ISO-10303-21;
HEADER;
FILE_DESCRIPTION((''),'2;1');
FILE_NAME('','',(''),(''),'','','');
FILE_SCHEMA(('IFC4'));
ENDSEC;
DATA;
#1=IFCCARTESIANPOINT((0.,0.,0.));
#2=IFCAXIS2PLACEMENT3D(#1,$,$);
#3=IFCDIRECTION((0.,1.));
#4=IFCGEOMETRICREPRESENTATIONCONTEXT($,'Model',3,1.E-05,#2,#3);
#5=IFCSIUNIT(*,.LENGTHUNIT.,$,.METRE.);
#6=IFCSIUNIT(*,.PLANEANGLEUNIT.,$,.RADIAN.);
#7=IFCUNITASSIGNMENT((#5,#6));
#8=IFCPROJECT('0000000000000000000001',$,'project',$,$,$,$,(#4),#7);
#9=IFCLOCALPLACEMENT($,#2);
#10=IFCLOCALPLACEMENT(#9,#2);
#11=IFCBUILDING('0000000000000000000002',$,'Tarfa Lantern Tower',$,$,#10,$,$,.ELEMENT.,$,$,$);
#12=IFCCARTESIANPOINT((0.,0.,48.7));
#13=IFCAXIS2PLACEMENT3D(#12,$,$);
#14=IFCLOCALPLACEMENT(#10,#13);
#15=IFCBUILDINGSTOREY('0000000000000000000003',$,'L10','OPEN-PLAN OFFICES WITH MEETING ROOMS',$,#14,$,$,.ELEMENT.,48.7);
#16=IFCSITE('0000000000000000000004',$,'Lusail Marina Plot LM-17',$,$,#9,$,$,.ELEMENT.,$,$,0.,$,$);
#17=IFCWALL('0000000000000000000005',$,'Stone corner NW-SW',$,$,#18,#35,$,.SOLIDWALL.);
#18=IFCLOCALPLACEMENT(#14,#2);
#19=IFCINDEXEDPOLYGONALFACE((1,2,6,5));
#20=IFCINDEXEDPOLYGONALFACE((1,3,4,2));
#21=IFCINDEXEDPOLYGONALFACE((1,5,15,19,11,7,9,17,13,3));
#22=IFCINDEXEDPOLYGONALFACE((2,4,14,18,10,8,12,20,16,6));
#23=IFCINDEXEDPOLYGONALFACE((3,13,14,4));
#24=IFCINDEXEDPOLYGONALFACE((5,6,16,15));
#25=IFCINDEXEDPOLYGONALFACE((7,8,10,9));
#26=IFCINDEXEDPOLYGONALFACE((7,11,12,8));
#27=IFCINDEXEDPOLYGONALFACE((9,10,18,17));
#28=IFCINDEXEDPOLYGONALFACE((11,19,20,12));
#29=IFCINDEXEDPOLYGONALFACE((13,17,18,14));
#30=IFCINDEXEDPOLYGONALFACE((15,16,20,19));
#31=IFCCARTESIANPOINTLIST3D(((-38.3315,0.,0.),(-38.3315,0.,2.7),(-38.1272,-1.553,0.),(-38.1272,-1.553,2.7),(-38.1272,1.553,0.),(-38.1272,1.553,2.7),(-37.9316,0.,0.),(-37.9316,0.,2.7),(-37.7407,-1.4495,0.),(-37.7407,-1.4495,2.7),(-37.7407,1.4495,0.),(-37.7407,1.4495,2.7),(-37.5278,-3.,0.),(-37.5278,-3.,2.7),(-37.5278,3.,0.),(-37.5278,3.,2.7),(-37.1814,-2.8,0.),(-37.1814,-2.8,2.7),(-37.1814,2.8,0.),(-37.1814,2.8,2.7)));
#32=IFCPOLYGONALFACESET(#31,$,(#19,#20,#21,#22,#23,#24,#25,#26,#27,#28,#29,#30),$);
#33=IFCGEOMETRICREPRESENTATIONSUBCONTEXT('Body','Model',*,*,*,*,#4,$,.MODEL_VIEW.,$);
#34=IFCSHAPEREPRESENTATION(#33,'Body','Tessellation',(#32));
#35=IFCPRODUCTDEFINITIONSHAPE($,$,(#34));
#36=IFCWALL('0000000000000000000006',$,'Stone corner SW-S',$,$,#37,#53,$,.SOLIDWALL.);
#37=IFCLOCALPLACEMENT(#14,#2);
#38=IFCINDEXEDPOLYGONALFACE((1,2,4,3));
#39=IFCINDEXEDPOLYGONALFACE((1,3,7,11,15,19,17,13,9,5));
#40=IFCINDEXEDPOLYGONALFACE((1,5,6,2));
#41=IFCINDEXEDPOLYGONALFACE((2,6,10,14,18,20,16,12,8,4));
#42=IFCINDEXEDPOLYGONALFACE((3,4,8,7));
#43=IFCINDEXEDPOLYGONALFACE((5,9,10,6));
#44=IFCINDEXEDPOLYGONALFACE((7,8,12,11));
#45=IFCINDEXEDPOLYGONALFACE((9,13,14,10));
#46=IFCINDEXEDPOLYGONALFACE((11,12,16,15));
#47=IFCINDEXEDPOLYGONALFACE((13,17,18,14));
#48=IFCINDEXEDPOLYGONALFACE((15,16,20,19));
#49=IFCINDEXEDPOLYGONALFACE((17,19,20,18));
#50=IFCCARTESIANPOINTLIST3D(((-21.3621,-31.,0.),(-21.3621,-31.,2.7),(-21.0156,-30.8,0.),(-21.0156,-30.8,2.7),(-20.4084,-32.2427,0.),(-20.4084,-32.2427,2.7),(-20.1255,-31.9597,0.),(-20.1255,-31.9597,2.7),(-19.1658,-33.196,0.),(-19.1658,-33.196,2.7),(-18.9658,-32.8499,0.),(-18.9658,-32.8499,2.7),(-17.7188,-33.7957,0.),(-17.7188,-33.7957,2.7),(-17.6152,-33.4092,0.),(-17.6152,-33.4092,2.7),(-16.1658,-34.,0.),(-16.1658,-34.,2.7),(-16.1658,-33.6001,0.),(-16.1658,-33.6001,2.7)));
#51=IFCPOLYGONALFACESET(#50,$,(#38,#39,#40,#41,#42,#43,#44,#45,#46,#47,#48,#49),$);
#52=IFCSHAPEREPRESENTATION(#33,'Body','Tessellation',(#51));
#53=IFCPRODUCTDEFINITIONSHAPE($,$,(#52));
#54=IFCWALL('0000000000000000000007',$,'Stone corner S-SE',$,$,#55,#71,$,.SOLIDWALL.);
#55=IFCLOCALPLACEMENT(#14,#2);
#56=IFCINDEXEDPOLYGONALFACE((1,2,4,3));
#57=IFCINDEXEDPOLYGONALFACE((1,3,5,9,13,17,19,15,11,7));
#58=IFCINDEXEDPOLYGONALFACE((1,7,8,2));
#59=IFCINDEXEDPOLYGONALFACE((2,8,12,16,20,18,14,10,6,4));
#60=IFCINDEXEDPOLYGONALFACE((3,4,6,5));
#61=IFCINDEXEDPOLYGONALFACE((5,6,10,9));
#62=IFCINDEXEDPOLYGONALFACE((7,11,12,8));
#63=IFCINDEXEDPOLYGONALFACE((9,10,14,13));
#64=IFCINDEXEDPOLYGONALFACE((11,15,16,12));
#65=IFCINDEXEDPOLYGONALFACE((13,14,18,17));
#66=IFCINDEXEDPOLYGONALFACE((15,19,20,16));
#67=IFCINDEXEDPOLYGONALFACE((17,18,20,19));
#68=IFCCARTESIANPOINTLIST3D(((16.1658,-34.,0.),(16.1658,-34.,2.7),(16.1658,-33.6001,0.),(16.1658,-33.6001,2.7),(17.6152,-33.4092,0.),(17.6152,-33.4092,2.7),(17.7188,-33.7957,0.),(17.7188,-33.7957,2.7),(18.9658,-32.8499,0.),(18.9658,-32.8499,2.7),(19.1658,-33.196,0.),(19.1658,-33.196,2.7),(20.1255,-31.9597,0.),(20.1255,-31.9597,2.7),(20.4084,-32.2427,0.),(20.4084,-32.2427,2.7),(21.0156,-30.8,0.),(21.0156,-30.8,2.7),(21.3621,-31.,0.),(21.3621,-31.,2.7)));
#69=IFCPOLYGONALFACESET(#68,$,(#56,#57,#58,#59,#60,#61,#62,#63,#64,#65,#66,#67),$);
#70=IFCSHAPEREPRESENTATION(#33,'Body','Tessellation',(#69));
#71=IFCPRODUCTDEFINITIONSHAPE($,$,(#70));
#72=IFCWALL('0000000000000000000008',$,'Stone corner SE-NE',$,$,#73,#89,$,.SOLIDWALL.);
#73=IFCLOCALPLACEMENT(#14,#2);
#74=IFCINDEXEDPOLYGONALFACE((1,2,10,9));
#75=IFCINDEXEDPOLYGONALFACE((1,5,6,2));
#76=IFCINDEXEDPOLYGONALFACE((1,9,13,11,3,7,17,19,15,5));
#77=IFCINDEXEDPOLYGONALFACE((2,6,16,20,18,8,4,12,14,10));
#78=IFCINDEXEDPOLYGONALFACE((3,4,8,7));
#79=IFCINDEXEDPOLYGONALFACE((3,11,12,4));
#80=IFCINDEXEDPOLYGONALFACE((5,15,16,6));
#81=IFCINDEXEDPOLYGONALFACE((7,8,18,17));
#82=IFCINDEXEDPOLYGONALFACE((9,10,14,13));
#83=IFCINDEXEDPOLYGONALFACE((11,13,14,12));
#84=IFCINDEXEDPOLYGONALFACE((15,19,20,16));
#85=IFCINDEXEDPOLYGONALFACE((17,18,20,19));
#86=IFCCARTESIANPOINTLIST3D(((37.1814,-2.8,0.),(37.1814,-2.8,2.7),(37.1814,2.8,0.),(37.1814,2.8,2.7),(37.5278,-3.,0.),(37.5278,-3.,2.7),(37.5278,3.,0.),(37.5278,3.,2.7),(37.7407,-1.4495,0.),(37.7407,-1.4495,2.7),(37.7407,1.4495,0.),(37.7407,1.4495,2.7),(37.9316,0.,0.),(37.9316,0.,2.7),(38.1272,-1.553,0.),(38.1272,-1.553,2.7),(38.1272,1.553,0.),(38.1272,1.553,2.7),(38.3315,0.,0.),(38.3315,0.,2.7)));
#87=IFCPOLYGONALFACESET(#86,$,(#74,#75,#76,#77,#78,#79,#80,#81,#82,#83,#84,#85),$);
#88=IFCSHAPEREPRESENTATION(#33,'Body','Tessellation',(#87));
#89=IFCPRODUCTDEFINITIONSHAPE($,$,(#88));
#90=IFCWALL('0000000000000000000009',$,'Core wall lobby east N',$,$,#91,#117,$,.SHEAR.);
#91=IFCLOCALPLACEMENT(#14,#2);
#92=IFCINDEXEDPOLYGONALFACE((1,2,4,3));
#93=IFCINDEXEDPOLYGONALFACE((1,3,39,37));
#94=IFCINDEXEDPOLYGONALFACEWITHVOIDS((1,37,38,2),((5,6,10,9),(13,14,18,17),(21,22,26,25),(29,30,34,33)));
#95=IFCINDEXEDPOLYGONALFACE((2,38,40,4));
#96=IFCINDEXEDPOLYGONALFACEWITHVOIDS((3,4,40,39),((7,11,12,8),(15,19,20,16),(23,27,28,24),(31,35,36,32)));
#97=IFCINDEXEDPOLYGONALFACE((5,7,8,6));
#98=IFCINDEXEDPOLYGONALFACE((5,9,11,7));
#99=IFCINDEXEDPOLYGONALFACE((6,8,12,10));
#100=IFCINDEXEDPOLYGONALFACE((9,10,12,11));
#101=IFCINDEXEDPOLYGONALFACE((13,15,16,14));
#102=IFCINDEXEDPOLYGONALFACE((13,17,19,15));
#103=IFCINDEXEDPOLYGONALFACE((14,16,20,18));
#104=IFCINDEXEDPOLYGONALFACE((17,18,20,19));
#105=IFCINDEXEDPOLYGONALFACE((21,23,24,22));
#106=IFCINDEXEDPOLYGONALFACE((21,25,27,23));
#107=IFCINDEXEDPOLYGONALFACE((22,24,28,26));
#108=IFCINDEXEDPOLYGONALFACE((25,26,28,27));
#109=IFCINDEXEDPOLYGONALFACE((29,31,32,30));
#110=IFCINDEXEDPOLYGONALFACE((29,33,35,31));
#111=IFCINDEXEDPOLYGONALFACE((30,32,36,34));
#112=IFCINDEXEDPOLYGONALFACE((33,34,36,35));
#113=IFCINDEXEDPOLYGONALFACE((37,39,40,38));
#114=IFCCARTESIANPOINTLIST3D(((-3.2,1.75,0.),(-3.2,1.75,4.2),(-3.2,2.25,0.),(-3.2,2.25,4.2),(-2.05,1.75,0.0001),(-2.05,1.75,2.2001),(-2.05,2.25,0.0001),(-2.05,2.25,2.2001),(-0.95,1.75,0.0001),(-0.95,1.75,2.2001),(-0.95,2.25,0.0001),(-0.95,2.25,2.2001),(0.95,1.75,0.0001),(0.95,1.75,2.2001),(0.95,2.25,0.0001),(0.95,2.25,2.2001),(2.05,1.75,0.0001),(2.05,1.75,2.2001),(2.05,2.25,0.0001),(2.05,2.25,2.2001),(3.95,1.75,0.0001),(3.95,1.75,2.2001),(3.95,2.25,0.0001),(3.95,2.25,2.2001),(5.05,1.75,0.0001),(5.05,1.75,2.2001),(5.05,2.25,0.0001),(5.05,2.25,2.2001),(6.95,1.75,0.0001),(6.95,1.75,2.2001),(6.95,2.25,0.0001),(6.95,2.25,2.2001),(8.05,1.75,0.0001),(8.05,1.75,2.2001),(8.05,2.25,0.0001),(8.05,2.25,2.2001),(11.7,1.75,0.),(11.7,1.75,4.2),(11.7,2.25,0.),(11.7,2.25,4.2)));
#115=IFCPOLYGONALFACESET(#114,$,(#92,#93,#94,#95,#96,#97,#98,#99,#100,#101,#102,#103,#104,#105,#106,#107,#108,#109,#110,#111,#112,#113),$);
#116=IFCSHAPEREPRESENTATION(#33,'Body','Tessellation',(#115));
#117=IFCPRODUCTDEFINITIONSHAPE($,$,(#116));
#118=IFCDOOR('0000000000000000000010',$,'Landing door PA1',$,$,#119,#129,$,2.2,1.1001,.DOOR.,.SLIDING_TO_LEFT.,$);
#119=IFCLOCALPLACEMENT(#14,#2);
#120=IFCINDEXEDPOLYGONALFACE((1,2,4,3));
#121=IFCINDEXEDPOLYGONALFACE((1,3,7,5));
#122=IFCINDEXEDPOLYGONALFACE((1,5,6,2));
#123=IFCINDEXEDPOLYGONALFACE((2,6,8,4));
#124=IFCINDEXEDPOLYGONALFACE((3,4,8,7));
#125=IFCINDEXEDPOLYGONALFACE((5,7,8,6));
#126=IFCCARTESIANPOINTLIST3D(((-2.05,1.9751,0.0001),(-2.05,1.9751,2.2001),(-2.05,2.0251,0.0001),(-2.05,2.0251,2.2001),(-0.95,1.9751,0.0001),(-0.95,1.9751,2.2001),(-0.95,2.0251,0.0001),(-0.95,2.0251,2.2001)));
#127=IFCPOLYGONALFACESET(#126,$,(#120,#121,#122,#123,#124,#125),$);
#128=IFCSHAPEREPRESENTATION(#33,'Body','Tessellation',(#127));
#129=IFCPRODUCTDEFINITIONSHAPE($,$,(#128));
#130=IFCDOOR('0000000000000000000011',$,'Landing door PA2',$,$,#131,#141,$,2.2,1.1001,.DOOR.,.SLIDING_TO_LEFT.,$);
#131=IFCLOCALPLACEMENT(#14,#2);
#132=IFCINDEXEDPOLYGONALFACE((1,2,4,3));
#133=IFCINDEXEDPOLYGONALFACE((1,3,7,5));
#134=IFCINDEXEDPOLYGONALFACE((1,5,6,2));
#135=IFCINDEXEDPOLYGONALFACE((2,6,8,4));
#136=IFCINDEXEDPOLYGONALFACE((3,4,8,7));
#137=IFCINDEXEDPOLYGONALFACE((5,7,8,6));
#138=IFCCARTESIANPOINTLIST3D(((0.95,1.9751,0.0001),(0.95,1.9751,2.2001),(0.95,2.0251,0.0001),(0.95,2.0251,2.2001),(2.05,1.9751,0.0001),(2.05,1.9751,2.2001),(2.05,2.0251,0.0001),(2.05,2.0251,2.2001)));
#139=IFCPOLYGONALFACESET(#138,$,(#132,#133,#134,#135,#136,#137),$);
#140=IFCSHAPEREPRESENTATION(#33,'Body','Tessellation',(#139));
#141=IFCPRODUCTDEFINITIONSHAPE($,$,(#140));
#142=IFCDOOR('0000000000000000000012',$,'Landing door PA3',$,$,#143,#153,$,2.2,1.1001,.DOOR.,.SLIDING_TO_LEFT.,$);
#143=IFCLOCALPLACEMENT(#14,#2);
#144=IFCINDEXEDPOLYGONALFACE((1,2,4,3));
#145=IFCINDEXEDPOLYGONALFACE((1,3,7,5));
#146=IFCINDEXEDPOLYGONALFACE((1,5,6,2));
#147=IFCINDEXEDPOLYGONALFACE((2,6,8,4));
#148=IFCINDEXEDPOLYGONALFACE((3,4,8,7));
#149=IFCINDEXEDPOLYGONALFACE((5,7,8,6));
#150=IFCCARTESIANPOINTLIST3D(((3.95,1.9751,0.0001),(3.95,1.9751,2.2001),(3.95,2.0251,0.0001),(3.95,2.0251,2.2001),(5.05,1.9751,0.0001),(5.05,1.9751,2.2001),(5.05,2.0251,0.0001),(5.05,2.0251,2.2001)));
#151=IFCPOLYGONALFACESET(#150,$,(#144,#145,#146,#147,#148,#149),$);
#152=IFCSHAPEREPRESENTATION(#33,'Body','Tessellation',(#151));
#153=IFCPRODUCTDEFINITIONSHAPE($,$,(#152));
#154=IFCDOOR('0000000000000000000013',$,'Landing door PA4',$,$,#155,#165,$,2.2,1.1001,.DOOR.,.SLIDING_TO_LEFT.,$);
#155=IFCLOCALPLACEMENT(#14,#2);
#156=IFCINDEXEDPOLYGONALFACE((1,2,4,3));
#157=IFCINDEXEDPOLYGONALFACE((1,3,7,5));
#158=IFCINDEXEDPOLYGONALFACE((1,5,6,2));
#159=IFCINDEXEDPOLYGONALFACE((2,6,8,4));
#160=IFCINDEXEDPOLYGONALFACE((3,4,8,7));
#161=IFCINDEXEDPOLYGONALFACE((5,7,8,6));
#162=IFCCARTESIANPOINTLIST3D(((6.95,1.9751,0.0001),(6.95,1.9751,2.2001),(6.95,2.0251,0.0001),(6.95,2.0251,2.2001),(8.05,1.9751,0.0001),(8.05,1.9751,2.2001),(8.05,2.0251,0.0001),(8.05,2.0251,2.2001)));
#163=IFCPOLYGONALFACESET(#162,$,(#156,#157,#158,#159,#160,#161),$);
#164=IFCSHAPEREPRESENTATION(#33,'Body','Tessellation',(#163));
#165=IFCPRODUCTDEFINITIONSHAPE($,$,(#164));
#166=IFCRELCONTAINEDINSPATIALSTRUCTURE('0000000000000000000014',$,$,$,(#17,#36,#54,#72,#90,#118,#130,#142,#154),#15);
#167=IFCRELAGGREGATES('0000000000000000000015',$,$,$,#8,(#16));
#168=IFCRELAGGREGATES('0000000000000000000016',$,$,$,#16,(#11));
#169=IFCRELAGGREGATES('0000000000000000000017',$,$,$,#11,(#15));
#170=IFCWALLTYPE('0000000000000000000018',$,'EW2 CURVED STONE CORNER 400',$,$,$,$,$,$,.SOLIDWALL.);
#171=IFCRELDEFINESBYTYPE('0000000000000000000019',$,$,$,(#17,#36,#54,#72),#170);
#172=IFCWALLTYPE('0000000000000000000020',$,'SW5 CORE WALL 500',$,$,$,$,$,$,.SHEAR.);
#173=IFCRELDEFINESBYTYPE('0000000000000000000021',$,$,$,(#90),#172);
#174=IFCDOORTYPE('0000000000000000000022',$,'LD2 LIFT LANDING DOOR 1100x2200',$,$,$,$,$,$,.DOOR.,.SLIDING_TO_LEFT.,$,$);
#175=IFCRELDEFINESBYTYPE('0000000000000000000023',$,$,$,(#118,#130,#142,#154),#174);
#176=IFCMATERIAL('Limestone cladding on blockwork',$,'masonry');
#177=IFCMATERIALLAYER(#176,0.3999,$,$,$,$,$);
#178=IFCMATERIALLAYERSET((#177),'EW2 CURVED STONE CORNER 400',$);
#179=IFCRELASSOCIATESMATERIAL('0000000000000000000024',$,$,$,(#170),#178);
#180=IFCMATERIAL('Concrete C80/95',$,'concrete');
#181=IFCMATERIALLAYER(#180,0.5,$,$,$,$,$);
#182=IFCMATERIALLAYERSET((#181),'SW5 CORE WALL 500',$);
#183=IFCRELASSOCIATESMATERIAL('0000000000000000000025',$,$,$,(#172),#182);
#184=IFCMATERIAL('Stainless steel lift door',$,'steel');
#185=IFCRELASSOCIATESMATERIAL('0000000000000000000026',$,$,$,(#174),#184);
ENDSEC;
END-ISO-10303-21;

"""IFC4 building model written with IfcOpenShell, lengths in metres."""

from ifc_helpers import new_model, si_unit, direction, frame, frame_2d, origin, place, context, subcontext, project, spatial, polyline, rectangle, outline, extrude, material, layer, layer_set, type_object, element, fill, save


model = new_model("IFC4")

# Units and contexts
model_context = context("Model", 3, precision=1e-05, world=origin(), true_north=direction((0.0, 1.0)))
body_context = subcontext(model_context, "Body", "Model", "MODEL_VIEW")
ifc_project = project(units=[si_unit("LENGTHUNIT", "METRE"), si_unit("PLANEANGLEUNIT", "RADIAN")], contexts=[model_context])

# Site, building, storey
site_placement = place(None, origin())
site = spatial("IfcSite", under=ifc_project, at=site_placement, Name="Lusail Marina Plot LM-17", CompositionType="ELEMENT", RefElevation=0.0)
building_placement = place(site_placement, origin())
building = spatial("IfcBuilding", under=site, at=building_placement, Name="Tarfa Lantern Tower", CompositionType="ELEMENT")
storey_placement = place(building_placement, frame((0.0, 0.0, 48.7)))
storey = spatial("IfcBuildingStorey", under=building, at=storey_placement, Name="L10", Description="OPEN-PLAN OFFICES WITH MEETING ROOMS", CompositionType="ELEMENT", Elevation=48.7)

# Walls
ifc_material_1 = material(Name="Limestone cladding on blockwork", Category="masonry")
ifc_layer_1 = layer(ifc_material_1, 0.3999)
ifc_layer_set_1 = layer_set([ifc_layer_1], Name="EW2 CURVED STONE CORNER 400")
wall_type_1 = type_object("IfcWallType", Name="EW2 CURVED STONE CORNER 400", PredefinedType="SOLIDWALL", material=ifc_layer_set_1)
wall_1_placement = place(storey_placement, origin())
element("IfcWall", 1, at=wall_1_placement, inside=storey, type_object=wall_type_1, Name="Stone corner NW-SW", PredefinedType="SOLIDWALL", context=body_context, shape_type="SweptSolid", body=[
    extrude(outline(polyline([(-37.5278, 3.0), (-38.1272, 1.553), (-38.3315, 0.0), (-38.1272, -1.553), (-37.5278, -3.0), (-37.1814, -2.8), (-37.7407, -1.4495), (-37.9316, 0.0), (-37.7407, 1.4495), (-37.1814, 2.8), (-37.5278, 3.0)])), origin(), (0.0, 0.0, 1.0), 2.7),
])
wall_2_placement = place(storey_placement, origin())
element("IfcWall", 2, at=wall_2_placement, inside=storey, type_object=wall_type_1, Name="Stone corner SW-S", PredefinedType="SOLIDWALL", context=body_context, shape_type="SweptSolid", body=[
    extrude(outline(polyline([(-21.3621, -31.0), (-20.4084, -32.2427), (-19.1658, -33.196), (-17.7188, -33.7957), (-16.1658, -34.0), (-16.1658, -33.6001), (-17.6152, -33.4092), (-18.9658, -32.8499), (-20.1255, -31.9597), (-21.0156, -30.8), (-21.3621, -31.0)])), origin(), (0.0, 0.0, 1.0), 2.7),
])
wall_3_placement = place(storey_placement, origin())
element("IfcWall", 3, at=wall_3_placement, inside=storey, type_object=wall_type_1, Name="Stone corner S-SE", PredefinedType="SOLIDWALL", context=body_context, shape_type="SweptSolid", body=[
    extrude(outline(polyline([(16.1658, -34.0), (17.7188, -33.7957), (19.1658, -33.196), (20.4084, -32.2427), (21.3621, -31.0), (21.0156, -30.8), (20.1255, -31.9597), (18.9658, -32.8499), (17.6152, -33.4092), (16.1658, -33.6001), (16.1658, -34.0)])), origin(), (0.0, 0.0, 1.0), 2.7),
])
wall_4_placement = place(storey_placement, origin())
element("IfcWall", 4, at=wall_4_placement, inside=storey, type_object=wall_type_1, Name="Stone corner SE-NE", PredefinedType="SOLIDWALL", context=body_context, shape_type="SweptSolid", body=[
    extrude(outline(polyline([(37.5278, -3.0), (38.1272, -1.553), (38.3315, 0.0), (38.1272, 1.553), (37.5278, 3.0), (37.1814, 2.8), (37.7407, 1.4495), (37.9316, 0.0), (37.7407, -1.4495), (37.1814, -2.8), (37.5278, -3.0)])), origin(), (0.0, 0.0, 1.0), 2.7),
])

# Wall, openings, doors
ifc_material_2 = material(Name="Concrete C80/95", Category="concrete")
ifc_layer_2 = layer(ifc_material_2, 0.5)
ifc_layer_set_2 = layer_set([ifc_layer_2], Name="SW5 CORE WALL 500")
wall_type_2 = type_object("IfcWallType", Name="SW5 CORE WALL 500", PredefinedType="SHEAR", material=ifc_layer_set_2)
wall_5_placement = place(storey_placement, frame((-3.2, 2.0, 0.0), z_axis=(0.0, 0.0, 1.0), x_axis=(1.0, 0.0, 0.0)))
wall_5 = element("IfcWall", 5, at=wall_5_placement, inside=storey, type_object=wall_type_2, Name="Core wall lobby east N", PredefinedType="SHEAR", context=body_context, shape_type="SweptSolid", body=[
    extrude(rectangle(XDim=14.8999, YDim=0.5, at=frame_2d((7.45, 0.0))), origin(), (0.0, 0.0, 1.0), 4.2),
])
opening_1_placement = place(wall_5_placement, frame((1.1499, 0.0, 0.0)))
opening_1 = element("IfcOpeningElement", 6, at=opening_1_placement, cuts=wall_5, PredefinedType="OPENING", context=body_context, shape_type="SweptSolid", body=[
    extrude(rectangle(XDim=1.1001, YDim=2.2, at=frame_2d((0.55, 1.1001))), frame((0.0, 0.26, 0.0), z_axis=(0.0, -1.0, 0.0), x_axis=(1.0, 0.0, 0.0)), (0.0, 0.0, 1.0), 0.52),
])
opening_2_placement = place(wall_5_placement, frame((4.1499, 0.0, 0.0)))
opening_2 = element("IfcOpeningElement", 7, at=opening_2_placement, cuts=wall_5, PredefinedType="OPENING", context=body_context, shape_type="SweptSolid", body=[
    extrude(rectangle(XDim=1.1001, YDim=2.2, at=frame_2d((0.55, 1.1001))), frame((0.0, 0.26, 0.0), z_axis=(0.0, -1.0, 0.0), x_axis=(1.0, 0.0, 0.0)), (0.0, 0.0, 1.0), 0.52),
])
opening_3_placement = place(wall_5_placement, frame((7.1499, 0.0, 0.0)))
opening_3 = element("IfcOpeningElement", 8, at=opening_3_placement, cuts=wall_5, PredefinedType="OPENING", context=body_context, shape_type="SweptSolid", body=[
    extrude(rectangle(XDim=1.1001, YDim=2.2, at=frame_2d((0.55, 1.1001))), frame((0.0, 0.26, 0.0), z_axis=(0.0, -1.0, 0.0), x_axis=(1.0, 0.0, 0.0)), (0.0, 0.0, 1.0), 0.52),
])
opening_4_placement = place(wall_5_placement, frame((10.1499, 0.0, 0.0)))
opening_4 = element("IfcOpeningElement", 9, at=opening_4_placement, cuts=wall_5, PredefinedType="OPENING", context=body_context, shape_type="SweptSolid", body=[
    extrude(rectangle(XDim=1.1001, YDim=2.2, at=frame_2d((0.55, 1.1001))), frame((0.0, 0.26, 0.0), z_axis=(0.0, -1.0, 0.0), x_axis=(1.0, 0.0, 0.0)), (0.0, 0.0, 1.0), 0.52),
])
ifc_material_3 = material(Name="Stainless steel lift door", Category="steel")
door_type = type_object("IfcDoorType", Name="LD2 LIFT LANDING DOOR 1100x2200", OperationType="SLIDING_TO_LEFT", PredefinedType="DOOR", material=ifc_material_3)
door_1_placement = place(opening_1_placement, frame((1.1001, 0.0, 0.0), z_axis=(0.0, 0.0, 1.0), x_axis=(-1.0, 0.0, 0.0)))
door_1 = element("IfcDoor", 10, at=door_1_placement, inside=storey, type_object=door_type, Name="Landing door PA1", OperationType="SLIDING_TO_LEFT", OverallHeight=2.2, OverallWidth=1.1001, PredefinedType="DOOR", context=body_context, shape_type="SweptSolid", body=[
    extrude(rectangle(XDim=1.1001, YDim=2.2, at=frame_2d((0.55, 1.1001))), frame((0.0, 0.0249, 0.0), z_axis=(0.0, -1.0, 0.0), x_axis=(1.0, 0.0, 0.0)), (0.0, 0.0, 1.0), 0.05),
])
fill(opening_1, door_1)
door_2_placement = place(opening_2_placement, frame((1.1001, 0.0, 0.0), z_axis=(0.0, 0.0, 1.0), x_axis=(-1.0, 0.0, 0.0)))
door_2 = element("IfcDoor", 11, at=door_2_placement, inside=storey, type_object=door_type, Name="Landing door PA2", OperationType="SLIDING_TO_LEFT", OverallHeight=2.2, OverallWidth=1.1001, PredefinedType="DOOR", context=body_context, shape_type="SweptSolid", body=[
    extrude(rectangle(XDim=1.1001, YDim=2.2, at=frame_2d((0.55, 1.1001))), frame((0.0, 0.0249, 0.0), z_axis=(0.0, -1.0, 0.0), x_axis=(1.0, 0.0, 0.0)), (0.0, 0.0, 1.0), 0.05),
])
fill(opening_2, door_2)
door_3_placement = place(opening_3_placement, frame((1.1001, 0.0, 0.0), z_axis=(0.0, 0.0, 1.0), x_axis=(-1.0, 0.0, 0.0)))
door_3 = element("IfcDoor", 12, at=door_3_placement, inside=storey, type_object=door_type, Name="Landing door PA3", OperationType="SLIDING_TO_LEFT", OverallHeight=2.2, OverallWidth=1.1001, PredefinedType="DOOR", context=body_context, shape_type="SweptSolid", body=[
    extrude(rectangle(XDim=1.1001, YDim=2.2, at=frame_2d((0.55, 1.1001))), frame((0.0, 0.0249, 0.0), z_axis=(0.0, -1.0, 0.0), x_axis=(1.0, 0.0, 0.0)), (0.0, 0.0, 1.0), 0.05),
])
fill(opening_3, door_3)
door_4_placement = place(opening_4_placement, frame((1.1001, 0.0, 0.0), z_axis=(0.0, 0.0, 1.0), x_axis=(-1.0, 0.0, 0.0)))
door_4 = element("IfcDoor", 13, at=door_4_placement, inside=storey, type_object=door_type, Name="Landing door PA4", OperationType="SLIDING_TO_LEFT", OverallHeight=2.2, OverallWidth=1.1001, PredefinedType="DOOR", context=body_context, shape_type="SweptSolid", body=[
    extrude(rectangle(XDim=1.1001, YDim=2.2, at=frame_2d((0.55, 1.1001))), frame((0.0, 0.0249, 0.0), z_axis=(0.0, -1.0, 0.0), x_axis=(1.0, 0.0, 0.0)), (0.0, 0.0, 1.0), 0.05),
])
fill(opening_4, door_4)

save(model, "model.ifc")
